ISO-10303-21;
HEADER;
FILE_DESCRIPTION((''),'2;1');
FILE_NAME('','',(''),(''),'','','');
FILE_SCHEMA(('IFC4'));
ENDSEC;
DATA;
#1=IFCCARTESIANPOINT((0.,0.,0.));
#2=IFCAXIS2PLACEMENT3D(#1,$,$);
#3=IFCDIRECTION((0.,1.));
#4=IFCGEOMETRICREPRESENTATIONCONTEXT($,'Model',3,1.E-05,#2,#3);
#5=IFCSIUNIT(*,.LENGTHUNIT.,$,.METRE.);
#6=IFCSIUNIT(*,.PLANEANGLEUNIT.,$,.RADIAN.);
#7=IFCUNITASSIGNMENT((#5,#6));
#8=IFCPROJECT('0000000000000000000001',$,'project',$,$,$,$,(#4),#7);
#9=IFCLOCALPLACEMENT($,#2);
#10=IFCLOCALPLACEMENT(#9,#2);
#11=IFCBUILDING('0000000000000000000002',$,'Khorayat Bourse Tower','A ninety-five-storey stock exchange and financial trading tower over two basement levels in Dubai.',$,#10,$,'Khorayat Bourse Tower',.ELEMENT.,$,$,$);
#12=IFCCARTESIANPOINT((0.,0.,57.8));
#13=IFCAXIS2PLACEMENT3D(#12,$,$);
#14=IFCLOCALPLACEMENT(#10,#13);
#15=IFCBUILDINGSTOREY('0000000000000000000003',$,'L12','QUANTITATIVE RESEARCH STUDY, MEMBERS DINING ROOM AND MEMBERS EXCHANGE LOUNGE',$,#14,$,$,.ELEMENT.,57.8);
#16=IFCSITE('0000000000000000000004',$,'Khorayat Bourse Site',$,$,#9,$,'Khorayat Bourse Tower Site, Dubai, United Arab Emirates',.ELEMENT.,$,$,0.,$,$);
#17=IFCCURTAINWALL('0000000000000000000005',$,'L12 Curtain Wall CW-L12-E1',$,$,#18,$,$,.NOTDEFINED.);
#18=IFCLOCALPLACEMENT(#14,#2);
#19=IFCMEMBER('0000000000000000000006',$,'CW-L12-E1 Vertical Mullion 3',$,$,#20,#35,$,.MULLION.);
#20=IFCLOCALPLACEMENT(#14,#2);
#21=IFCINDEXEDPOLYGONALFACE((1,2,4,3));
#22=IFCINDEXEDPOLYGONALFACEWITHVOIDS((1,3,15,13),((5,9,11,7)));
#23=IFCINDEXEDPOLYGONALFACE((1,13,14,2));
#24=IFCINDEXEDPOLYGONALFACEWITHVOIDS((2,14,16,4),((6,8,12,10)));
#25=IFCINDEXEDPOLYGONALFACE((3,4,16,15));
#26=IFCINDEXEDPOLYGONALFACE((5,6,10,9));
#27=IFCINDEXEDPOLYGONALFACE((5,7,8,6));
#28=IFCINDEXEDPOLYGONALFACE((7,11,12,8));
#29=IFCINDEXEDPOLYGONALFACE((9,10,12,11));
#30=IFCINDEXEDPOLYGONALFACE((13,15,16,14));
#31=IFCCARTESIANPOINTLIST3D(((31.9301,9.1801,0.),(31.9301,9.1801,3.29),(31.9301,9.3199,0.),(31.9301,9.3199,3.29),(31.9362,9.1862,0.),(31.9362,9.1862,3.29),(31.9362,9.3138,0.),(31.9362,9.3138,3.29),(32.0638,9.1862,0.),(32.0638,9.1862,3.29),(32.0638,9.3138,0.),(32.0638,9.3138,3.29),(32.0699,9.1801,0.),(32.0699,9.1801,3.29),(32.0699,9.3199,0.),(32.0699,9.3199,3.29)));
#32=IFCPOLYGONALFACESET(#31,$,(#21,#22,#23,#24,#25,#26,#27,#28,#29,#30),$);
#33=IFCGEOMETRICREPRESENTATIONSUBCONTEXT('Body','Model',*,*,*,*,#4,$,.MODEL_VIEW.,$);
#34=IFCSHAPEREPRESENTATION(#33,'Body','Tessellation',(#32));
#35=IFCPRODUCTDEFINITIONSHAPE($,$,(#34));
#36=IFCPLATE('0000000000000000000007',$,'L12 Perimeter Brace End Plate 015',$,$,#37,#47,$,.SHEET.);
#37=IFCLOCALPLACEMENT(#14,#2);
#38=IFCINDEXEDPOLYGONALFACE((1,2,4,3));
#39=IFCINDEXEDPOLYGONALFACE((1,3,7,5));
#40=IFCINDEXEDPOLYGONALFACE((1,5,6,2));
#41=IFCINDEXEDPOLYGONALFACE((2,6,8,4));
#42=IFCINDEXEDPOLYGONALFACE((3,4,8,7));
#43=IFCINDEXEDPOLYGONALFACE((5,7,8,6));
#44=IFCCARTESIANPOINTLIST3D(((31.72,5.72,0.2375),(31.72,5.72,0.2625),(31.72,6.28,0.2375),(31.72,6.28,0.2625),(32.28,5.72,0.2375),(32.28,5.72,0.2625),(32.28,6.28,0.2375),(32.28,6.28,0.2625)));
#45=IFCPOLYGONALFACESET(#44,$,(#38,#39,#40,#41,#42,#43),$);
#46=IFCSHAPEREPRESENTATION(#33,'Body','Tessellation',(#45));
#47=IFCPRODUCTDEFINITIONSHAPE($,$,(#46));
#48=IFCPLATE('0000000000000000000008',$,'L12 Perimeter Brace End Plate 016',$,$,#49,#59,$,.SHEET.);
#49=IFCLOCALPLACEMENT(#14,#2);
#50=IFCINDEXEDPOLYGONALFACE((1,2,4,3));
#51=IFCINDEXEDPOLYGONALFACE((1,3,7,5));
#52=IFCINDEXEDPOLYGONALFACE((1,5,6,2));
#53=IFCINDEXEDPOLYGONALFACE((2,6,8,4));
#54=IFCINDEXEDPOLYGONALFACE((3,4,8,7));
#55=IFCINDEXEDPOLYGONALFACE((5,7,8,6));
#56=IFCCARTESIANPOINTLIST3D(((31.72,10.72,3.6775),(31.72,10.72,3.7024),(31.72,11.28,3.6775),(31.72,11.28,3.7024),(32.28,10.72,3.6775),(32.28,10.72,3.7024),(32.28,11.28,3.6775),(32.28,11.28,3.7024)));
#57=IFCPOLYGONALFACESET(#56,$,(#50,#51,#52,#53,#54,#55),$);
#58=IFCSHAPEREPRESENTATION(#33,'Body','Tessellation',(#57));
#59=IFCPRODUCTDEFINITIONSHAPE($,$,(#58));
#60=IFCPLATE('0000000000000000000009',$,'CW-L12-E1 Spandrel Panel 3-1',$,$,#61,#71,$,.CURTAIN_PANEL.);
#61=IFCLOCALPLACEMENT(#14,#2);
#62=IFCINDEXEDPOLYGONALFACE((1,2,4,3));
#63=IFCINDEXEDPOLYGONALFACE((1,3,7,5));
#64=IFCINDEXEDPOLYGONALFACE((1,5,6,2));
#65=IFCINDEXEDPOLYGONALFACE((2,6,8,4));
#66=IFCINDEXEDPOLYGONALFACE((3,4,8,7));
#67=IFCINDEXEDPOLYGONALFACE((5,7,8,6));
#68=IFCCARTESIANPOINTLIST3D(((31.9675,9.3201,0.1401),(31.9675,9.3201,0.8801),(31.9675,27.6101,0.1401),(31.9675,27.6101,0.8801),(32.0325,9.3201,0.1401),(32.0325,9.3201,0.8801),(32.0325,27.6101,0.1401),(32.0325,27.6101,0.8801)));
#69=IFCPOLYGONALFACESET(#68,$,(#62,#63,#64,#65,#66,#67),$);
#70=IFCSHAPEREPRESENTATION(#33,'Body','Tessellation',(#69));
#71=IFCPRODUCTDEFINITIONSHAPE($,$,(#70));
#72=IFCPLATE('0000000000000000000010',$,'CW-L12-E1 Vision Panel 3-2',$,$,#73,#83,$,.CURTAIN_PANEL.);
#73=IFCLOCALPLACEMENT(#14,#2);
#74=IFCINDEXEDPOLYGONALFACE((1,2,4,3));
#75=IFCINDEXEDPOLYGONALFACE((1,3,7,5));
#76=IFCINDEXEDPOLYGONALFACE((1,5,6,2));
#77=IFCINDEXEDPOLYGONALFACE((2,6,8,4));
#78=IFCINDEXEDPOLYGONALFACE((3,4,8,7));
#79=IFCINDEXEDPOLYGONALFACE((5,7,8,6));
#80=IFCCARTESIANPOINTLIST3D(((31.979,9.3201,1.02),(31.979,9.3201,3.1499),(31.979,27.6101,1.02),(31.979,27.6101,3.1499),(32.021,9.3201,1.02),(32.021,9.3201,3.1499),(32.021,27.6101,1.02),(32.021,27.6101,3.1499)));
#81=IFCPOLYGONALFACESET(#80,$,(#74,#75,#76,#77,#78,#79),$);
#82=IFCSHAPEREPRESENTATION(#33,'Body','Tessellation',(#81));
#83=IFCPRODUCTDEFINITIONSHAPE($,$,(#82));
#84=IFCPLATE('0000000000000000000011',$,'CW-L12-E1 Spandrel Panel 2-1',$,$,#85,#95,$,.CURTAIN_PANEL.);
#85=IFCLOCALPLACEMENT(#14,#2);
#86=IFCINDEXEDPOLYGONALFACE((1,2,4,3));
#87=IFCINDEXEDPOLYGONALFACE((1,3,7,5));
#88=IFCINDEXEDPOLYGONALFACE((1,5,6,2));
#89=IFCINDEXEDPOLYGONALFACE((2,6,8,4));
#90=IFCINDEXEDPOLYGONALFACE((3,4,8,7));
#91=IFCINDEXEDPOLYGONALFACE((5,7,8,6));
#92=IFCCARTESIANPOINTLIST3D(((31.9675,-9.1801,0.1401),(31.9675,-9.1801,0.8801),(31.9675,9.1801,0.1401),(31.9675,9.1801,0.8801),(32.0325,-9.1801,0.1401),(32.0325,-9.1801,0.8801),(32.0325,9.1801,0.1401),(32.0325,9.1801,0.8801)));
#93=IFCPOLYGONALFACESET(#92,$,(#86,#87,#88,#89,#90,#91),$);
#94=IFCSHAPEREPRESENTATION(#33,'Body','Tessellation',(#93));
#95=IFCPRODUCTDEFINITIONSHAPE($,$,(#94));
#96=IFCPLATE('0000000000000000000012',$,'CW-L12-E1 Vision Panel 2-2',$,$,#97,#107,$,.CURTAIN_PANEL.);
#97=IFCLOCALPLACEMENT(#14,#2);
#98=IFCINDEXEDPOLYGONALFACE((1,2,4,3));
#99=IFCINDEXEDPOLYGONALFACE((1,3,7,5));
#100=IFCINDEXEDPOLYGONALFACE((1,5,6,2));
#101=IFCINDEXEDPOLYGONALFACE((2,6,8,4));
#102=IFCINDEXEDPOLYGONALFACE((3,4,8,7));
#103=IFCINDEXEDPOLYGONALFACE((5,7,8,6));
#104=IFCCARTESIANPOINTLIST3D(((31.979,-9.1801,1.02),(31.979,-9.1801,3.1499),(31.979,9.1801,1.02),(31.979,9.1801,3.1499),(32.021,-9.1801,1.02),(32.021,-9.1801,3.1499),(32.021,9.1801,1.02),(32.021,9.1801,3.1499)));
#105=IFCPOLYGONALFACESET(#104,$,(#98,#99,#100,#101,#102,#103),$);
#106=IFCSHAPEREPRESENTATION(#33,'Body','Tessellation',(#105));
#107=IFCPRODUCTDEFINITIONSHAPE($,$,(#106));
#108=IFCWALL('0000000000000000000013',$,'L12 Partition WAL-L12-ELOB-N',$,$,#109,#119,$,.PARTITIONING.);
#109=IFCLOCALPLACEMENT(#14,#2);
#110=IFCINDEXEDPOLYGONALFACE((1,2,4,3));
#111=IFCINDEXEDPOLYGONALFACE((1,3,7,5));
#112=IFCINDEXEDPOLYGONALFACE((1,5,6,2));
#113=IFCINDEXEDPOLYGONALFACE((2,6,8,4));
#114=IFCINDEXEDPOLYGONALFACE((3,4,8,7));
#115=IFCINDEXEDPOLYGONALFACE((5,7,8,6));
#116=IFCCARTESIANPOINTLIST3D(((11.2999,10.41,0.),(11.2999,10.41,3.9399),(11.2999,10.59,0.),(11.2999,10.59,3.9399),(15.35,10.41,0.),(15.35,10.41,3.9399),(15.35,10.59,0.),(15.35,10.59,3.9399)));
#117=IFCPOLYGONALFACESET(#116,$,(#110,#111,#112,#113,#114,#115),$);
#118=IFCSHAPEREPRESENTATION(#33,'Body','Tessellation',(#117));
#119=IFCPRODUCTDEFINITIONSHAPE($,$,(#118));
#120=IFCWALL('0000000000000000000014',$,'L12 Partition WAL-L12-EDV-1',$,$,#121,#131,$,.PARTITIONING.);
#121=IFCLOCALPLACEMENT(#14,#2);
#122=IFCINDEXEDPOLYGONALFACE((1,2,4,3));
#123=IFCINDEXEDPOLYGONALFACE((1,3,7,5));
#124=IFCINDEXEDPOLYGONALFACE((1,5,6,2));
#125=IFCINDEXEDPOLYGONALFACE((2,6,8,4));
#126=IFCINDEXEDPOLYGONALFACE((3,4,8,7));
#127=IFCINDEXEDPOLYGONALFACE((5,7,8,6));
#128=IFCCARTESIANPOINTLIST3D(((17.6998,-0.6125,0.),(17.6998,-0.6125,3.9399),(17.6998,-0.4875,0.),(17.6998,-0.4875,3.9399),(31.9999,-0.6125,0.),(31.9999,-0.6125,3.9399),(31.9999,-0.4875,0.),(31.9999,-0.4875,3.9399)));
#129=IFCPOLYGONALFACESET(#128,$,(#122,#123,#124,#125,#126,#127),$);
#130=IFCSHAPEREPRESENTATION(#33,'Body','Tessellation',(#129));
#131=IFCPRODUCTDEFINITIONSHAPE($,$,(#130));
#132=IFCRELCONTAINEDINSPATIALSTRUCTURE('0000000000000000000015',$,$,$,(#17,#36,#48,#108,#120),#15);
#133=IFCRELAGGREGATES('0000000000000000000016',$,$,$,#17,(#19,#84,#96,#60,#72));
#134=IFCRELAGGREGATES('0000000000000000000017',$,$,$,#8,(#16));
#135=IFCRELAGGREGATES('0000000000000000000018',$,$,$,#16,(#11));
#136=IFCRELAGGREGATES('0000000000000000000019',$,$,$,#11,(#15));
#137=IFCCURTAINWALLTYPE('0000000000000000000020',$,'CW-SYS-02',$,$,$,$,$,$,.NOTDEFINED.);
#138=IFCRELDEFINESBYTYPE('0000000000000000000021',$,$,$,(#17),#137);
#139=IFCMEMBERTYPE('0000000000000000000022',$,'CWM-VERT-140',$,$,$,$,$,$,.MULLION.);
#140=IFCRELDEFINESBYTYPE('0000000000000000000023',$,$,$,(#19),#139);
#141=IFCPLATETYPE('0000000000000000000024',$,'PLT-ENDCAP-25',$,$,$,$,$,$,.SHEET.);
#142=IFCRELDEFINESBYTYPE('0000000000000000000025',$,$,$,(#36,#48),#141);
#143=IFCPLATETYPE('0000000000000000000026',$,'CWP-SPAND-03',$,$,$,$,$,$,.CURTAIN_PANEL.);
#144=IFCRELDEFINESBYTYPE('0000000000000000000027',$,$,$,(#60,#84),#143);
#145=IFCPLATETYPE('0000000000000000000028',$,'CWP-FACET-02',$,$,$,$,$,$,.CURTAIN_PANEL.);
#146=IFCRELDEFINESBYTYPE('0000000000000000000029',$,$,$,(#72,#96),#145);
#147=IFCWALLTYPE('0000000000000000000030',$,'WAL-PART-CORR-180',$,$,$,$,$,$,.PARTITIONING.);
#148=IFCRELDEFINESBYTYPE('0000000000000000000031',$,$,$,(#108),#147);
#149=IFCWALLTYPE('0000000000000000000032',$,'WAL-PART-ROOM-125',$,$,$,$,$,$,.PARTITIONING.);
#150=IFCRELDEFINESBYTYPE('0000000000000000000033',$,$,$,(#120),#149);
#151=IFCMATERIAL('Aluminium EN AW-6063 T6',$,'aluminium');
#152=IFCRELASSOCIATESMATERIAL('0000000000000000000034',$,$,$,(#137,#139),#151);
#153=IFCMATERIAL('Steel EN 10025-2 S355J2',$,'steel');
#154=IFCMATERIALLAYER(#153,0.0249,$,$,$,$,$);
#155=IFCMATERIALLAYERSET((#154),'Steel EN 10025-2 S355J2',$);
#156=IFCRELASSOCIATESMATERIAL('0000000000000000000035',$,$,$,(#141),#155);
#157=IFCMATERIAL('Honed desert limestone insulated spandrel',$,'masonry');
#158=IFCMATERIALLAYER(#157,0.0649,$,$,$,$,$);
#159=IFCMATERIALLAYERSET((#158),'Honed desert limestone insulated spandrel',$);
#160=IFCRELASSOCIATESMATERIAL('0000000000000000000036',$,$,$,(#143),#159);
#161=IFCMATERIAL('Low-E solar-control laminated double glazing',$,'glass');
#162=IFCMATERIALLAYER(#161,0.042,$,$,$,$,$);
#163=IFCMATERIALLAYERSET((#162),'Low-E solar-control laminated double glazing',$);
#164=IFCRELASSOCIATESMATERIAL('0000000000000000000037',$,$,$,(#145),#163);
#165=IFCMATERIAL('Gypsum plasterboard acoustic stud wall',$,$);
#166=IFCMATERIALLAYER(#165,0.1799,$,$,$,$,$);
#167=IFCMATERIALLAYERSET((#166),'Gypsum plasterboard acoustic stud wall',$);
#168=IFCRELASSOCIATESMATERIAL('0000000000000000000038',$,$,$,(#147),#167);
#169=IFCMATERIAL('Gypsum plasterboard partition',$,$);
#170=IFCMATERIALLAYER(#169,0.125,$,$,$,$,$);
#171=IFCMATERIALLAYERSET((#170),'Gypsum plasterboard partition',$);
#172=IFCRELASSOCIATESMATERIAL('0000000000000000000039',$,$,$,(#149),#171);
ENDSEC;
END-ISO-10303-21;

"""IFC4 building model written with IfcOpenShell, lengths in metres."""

from ifc_helpers import new_model, si_unit, direction, frame, frame_2d, origin, origin_2d, place, context, subcontext, project, spatial, rectangle, hollow_rectangle, extrude, source, transform, mapped, material, layer, layer_set, material_profile, profile_set, type_object, element, aggregate, save


model = new_model("IFC4")

# Units and contexts
model_context = context("Model", 3, precision=1e-05, world=origin(), true_north=direction((0.0, 1.0)))
body_context = subcontext(model_context, "Body", "Model", "MODEL_VIEW")
ifc_project = project(units=[si_unit("LENGTHUNIT", "METRE"), si_unit("PLANEANGLEUNIT", "RADIAN")], contexts=[model_context])

# Site, building, storey
site_placement = place(None, origin())
site = spatial("IfcSite", under=ifc_project, at=site_placement, Name="Khorayat Bourse Site", LongName="Khorayat Bourse Tower Site, Dubai, United Arab Emirates", CompositionType="ELEMENT", RefElevation=0.0)
building_placement = place(site_placement, origin())
building = spatial("IfcBuilding", under=site, at=building_placement, Name="Khorayat Bourse Tower", Description="A ninety-five-storey stock exchange and financial trading tower over two basement levels in Dubai.", LongName="Khorayat Bourse Tower", CompositionType="ELEMENT")
storey_placement = place(building_placement, frame((0.0, 0.0, 57.8)))
storey = spatial("IfcBuildingStorey", under=building, at=storey_placement, Name="L12", Description="QUANTITATIVE RESEARCH STUDY, MEMBERS DINING ROOM AND MEMBERS EXCHANGE LOUNGE", CompositionType="ELEMENT", Elevation=57.8)

# Curtain wall, member
ifc_material_1 = material(Name="Aluminium EN AW-6063 T6", Category="aluminium")
curtain_wall_type = type_object("IfcCurtainWallType", Name="CW-SYS-02", PredefinedType="NOTDEFINED", material=ifc_material_1)
curtain_wall_placement = place(storey_placement, origin())
curtain_wall = element("IfcCurtainWall", 1, at=curtain_wall_placement, inside=storey, type_object=curtain_wall_type, Name="L12 Curtain Wall CW-L12-E1", PredefinedType="NOTDEFINED")
ifc_material_profile_1 = material_profile(ifc_material_1, hollow_rectangle(XDim=0.1399, YDim=0.1399, WallThickness=0.0061, at=origin_2d()), Name="ALU 140x140x6")
ifc_profile_set_1 = profile_set([ifc_material_profile_1], Name="Aluminium EN AW-6063 T6")
member_type_1 = type_object("IfcMemberType", Name="CWM-VERT-140", PredefinedType="MULLION", material=ifc_profile_set_1)
shared_shape_1 = source(origin(), body_context, "Body", "SweptSolid", [
    extrude(hollow_rectangle(XDim=0.1399, YDim=0.1399, WallThickness=0.0061, at=origin_2d()), origin(), (0.0, 0.0, 1.0), 3.29),
])
member_1_placement = place(storey_placement, frame((32.0, 9.25, 0.0), z_axis=(0.0, 0.0, 1.0), x_axis=(-1.0, 0.0, 0.0)))
member_1 = element("IfcMember", 2, at=member_1_placement, type_object=member_type_1, Name="CW-L12-E1 Vertical Mullion 3", PredefinedType="MULLION", context=body_context, shape_type="MappedRepresentation", body=[
    mapped(shared_shape_1, transform((0.0, 0.0, 0.0), scale=1.0)),
])

# Plates
ifc_material_2 = material(Name="Steel EN 10025-2 S355J2", Category="steel")
ifc_layer_1 = layer(ifc_material_2, 0.0249)
ifc_layer_set_1 = layer_set([ifc_layer_1], Name="Steel EN 10025-2 S355J2")
plate_type_1 = type_object("IfcPlateType", Name="PLT-ENDCAP-25", PredefinedType="SHEET", material=ifc_layer_set_1)
shared_shape_2 = source(origin(), body_context, "Body", "SweptSolid", [
    extrude(rectangle(XDim=0.5601, YDim=0.5601, at=origin_2d()), origin(), (0.0, 0.0, 1.0), 0.0249),
])
for number, where, z_axis, x_axis, name in (
    (3, (32.0, 6.0, 0.2375), (0.0, 0.0, 1.0), (1.0, 0.0, 0.0), "L12 Perimeter Brace End Plate 015"),
    (4, (32.0, 11.0, 3.6775), (0.0, 0.0, 1.0), (1.0, 0.0, 0.0), "L12 Perimeter Brace End Plate 016"),
):
    element("IfcPlate", number, at=place(storey_placement, frame(where, z_axis=z_axis, x_axis=x_axis)), inside=storey, type_object=plate_type_1, Name=name, PredefinedType="SHEET", context=body_context, shape_type="MappedRepresentation", body=[
        mapped(shared_shape_2, transform((0.0, 0.0, 0.0), scale=1.0)),
    ])

# Plates
ifc_material_3 = material(Name="Honed desert limestone insulated spandrel", Category="masonry")
ifc_layer_2 = layer(ifc_material_3, 0.0649)
ifc_layer_set_2 = layer_set([ifc_layer_2], Name="Honed desert limestone insulated spandrel")
plate_type_2 = type_object("IfcPlateType", Name="CWP-SPAND-03", PredefinedType="CURTAIN_PANEL", material=ifc_layer_set_2)
shared_shape_3 = source(origin(), body_context, "Body", "SweptSolid", [
    extrude(rectangle(XDim=18.29, YDim=0.0649, at=origin_2d()), origin(), (0.0, 0.0, 1.0), 0.74),
])
plate_1_placement = place(storey_placement, frame((32.0, 18.4651, 0.1401), z_axis=(0.0, 0.0, 1.0), x_axis=(0.0, 1.0, 0.0)))
plate_1 = element("IfcPlate", 5, at=plate_1_placement, type_object=plate_type_2, Name="CW-L12-E1 Spandrel Panel 3-1", PredefinedType="CURTAIN_PANEL", context=body_context, shape_type="MappedRepresentation", body=[
    mapped(shared_shape_3, transform((0.0, 0.0, 0.0), scale=1.0)),
])
ifc_material_4 = material(Name="Low-E solar-control laminated double glazing", Category="glass")
ifc_layer_3 = layer(ifc_material_4, 0.042)
ifc_layer_set_3 = layer_set([ifc_layer_3], Name="Low-E solar-control laminated double glazing")
plate_type_3 = type_object("IfcPlateType", Name="CWP-FACET-02", PredefinedType="CURTAIN_PANEL", material=ifc_layer_set_3)
shared_shape_4 = source(origin(), body_context, "Body", "SweptSolid", [
    extrude(rectangle(XDim=18.29, YDim=0.042, at=origin_2d()), origin(), (0.0, 0.0, 1.0), 2.1299),
])
plate_2_placement = place(storey_placement, frame((32.0, 18.4651, 1.02), z_axis=(0.0, 0.0, 1.0), x_axis=(0.0, 1.0, 0.0)))
plate_2 = element("IfcPlate", 6, at=plate_2_placement, type_object=plate_type_3, Name="CW-L12-E1 Vision Panel 3-2", PredefinedType="CURTAIN_PANEL", context=body_context, shape_type="MappedRepresentation", body=[
    mapped(shared_shape_4, transform((0.0, 0.0, 0.0), scale=1.0)),
])
shared_shape_5 = source(origin(), body_context, "Body", "SweptSolid", [
    extrude(rectangle(XDim=18.3601, YDim=0.0649, at=origin_2d()), origin(), (0.0, 0.0, 1.0), 0.74),
])
plate_3_placement = place(storey_placement, frame((32.0, 0.0, 0.1401), z_axis=(0.0, 0.0, 1.0), x_axis=(0.0, 1.0, 0.0)))
plate_3 = element("IfcPlate", 7, at=plate_3_placement, type_object=plate_type_2, Name="CW-L12-E1 Spandrel Panel 2-1", PredefinedType="CURTAIN_PANEL", context=body_context, shape_type="MappedRepresentation", body=[
    mapped(shared_shape_5, transform((0.0, 0.0, 0.0), scale=1.0)),
])
shared_shape_6 = source(origin(), body_context, "Body", "SweptSolid", [
    extrude(rectangle(XDim=18.3601, YDim=0.042, at=origin_2d()), origin(), (0.0, 0.0, 1.0), 2.1299),
])
plate_4_placement = place(storey_placement, frame((32.0, 0.0, 1.02), z_axis=(0.0, 0.0, 1.0), x_axis=(0.0, 1.0, 0.0)))
plate_4 = element("IfcPlate", 8, at=plate_4_placement, type_object=plate_type_3, Name="CW-L12-E1 Vision Panel 2-2", PredefinedType="CURTAIN_PANEL", context=body_context, shape_type="MappedRepresentation", body=[
    mapped(shared_shape_6, transform((0.0, 0.0, 0.0), scale=1.0)),
])
aggregate(curtain_wall, [member_1, plate_3, plate_4, plate_1, plate_2])

# Walls
ifc_material_5 = material(Name="Gypsum plasterboard acoustic stud wall")
ifc_layer_4 = layer(ifc_material_5, 0.1799)
ifc_layer_set_4 = layer_set([ifc_layer_4], Name="Gypsum plasterboard acoustic stud wall")
wall_type_1 = type_object("IfcWallType", Name="WAL-PART-CORR-180", PredefinedType="PARTITIONING", material=ifc_layer_set_4)
shared_shape_7 = source(origin(), body_context, "Body", "SweptSolid", [
    extrude(rectangle(XDim=4.05, YDim=0.1799, at=frame_2d((2.0249, 0.0))), origin(), (0.0, 0.0, 1.0), 3.9399),
])
wall_1_placement = place(storey_placement, frame((11.3, 10.5, 0.0), z_axis=(0.0, 0.0, 1.0), x_axis=(1.0, 0.0, 0.0)))
element("IfcWall", 9, at=wall_1_placement, inside=storey, type_object=wall_type_1, Name="L12 Partition WAL-L12-ELOB-N", PredefinedType="PARTITIONING", context=body_context, shape_type="MappedRepresentation", body=[
    mapped(shared_shape_7, transform((0.0, 0.0, 0.0), scale=1.0)),
])
ifc_material_6 = material(Name="Gypsum plasterboard partition")
ifc_layer_5 = layer(ifc_material_6, 0.125)
ifc_layer_set_5 = layer_set([ifc_layer_5], Name="Gypsum plasterboard partition")
wall_type_2 = type_object("IfcWallType", Name="WAL-PART-ROOM-125", PredefinedType="PARTITIONING", material=ifc_layer_set_5)
shared_shape_8 = source(origin(), body_context, "Body", "SweptSolid", [
    extrude(rectangle(XDim=14.3, YDim=0.125, at=frame_2d((7.1499, 0.0))), origin(), (0.0, 0.0, 1.0), 3.9399),
])
wall_2_placement = place(storey_placement, frame((17.7, -0.55, 0.0), z_axis=(0.0, 0.0, 1.0), x_axis=(1.0, 0.0, 0.0)))
element("IfcWall", 10, at=wall_2_placement, inside=storey, type_object=wall_type_2, Name="L12 Partition WAL-L12-EDV-1", PredefinedType="PARTITIONING", context=body_context, shape_type="MappedRepresentation", body=[
    mapped(shared_shape_8, transform((0.0, 0.0, 0.0), scale=1.0)),
])

save(model, "model.ifc")
